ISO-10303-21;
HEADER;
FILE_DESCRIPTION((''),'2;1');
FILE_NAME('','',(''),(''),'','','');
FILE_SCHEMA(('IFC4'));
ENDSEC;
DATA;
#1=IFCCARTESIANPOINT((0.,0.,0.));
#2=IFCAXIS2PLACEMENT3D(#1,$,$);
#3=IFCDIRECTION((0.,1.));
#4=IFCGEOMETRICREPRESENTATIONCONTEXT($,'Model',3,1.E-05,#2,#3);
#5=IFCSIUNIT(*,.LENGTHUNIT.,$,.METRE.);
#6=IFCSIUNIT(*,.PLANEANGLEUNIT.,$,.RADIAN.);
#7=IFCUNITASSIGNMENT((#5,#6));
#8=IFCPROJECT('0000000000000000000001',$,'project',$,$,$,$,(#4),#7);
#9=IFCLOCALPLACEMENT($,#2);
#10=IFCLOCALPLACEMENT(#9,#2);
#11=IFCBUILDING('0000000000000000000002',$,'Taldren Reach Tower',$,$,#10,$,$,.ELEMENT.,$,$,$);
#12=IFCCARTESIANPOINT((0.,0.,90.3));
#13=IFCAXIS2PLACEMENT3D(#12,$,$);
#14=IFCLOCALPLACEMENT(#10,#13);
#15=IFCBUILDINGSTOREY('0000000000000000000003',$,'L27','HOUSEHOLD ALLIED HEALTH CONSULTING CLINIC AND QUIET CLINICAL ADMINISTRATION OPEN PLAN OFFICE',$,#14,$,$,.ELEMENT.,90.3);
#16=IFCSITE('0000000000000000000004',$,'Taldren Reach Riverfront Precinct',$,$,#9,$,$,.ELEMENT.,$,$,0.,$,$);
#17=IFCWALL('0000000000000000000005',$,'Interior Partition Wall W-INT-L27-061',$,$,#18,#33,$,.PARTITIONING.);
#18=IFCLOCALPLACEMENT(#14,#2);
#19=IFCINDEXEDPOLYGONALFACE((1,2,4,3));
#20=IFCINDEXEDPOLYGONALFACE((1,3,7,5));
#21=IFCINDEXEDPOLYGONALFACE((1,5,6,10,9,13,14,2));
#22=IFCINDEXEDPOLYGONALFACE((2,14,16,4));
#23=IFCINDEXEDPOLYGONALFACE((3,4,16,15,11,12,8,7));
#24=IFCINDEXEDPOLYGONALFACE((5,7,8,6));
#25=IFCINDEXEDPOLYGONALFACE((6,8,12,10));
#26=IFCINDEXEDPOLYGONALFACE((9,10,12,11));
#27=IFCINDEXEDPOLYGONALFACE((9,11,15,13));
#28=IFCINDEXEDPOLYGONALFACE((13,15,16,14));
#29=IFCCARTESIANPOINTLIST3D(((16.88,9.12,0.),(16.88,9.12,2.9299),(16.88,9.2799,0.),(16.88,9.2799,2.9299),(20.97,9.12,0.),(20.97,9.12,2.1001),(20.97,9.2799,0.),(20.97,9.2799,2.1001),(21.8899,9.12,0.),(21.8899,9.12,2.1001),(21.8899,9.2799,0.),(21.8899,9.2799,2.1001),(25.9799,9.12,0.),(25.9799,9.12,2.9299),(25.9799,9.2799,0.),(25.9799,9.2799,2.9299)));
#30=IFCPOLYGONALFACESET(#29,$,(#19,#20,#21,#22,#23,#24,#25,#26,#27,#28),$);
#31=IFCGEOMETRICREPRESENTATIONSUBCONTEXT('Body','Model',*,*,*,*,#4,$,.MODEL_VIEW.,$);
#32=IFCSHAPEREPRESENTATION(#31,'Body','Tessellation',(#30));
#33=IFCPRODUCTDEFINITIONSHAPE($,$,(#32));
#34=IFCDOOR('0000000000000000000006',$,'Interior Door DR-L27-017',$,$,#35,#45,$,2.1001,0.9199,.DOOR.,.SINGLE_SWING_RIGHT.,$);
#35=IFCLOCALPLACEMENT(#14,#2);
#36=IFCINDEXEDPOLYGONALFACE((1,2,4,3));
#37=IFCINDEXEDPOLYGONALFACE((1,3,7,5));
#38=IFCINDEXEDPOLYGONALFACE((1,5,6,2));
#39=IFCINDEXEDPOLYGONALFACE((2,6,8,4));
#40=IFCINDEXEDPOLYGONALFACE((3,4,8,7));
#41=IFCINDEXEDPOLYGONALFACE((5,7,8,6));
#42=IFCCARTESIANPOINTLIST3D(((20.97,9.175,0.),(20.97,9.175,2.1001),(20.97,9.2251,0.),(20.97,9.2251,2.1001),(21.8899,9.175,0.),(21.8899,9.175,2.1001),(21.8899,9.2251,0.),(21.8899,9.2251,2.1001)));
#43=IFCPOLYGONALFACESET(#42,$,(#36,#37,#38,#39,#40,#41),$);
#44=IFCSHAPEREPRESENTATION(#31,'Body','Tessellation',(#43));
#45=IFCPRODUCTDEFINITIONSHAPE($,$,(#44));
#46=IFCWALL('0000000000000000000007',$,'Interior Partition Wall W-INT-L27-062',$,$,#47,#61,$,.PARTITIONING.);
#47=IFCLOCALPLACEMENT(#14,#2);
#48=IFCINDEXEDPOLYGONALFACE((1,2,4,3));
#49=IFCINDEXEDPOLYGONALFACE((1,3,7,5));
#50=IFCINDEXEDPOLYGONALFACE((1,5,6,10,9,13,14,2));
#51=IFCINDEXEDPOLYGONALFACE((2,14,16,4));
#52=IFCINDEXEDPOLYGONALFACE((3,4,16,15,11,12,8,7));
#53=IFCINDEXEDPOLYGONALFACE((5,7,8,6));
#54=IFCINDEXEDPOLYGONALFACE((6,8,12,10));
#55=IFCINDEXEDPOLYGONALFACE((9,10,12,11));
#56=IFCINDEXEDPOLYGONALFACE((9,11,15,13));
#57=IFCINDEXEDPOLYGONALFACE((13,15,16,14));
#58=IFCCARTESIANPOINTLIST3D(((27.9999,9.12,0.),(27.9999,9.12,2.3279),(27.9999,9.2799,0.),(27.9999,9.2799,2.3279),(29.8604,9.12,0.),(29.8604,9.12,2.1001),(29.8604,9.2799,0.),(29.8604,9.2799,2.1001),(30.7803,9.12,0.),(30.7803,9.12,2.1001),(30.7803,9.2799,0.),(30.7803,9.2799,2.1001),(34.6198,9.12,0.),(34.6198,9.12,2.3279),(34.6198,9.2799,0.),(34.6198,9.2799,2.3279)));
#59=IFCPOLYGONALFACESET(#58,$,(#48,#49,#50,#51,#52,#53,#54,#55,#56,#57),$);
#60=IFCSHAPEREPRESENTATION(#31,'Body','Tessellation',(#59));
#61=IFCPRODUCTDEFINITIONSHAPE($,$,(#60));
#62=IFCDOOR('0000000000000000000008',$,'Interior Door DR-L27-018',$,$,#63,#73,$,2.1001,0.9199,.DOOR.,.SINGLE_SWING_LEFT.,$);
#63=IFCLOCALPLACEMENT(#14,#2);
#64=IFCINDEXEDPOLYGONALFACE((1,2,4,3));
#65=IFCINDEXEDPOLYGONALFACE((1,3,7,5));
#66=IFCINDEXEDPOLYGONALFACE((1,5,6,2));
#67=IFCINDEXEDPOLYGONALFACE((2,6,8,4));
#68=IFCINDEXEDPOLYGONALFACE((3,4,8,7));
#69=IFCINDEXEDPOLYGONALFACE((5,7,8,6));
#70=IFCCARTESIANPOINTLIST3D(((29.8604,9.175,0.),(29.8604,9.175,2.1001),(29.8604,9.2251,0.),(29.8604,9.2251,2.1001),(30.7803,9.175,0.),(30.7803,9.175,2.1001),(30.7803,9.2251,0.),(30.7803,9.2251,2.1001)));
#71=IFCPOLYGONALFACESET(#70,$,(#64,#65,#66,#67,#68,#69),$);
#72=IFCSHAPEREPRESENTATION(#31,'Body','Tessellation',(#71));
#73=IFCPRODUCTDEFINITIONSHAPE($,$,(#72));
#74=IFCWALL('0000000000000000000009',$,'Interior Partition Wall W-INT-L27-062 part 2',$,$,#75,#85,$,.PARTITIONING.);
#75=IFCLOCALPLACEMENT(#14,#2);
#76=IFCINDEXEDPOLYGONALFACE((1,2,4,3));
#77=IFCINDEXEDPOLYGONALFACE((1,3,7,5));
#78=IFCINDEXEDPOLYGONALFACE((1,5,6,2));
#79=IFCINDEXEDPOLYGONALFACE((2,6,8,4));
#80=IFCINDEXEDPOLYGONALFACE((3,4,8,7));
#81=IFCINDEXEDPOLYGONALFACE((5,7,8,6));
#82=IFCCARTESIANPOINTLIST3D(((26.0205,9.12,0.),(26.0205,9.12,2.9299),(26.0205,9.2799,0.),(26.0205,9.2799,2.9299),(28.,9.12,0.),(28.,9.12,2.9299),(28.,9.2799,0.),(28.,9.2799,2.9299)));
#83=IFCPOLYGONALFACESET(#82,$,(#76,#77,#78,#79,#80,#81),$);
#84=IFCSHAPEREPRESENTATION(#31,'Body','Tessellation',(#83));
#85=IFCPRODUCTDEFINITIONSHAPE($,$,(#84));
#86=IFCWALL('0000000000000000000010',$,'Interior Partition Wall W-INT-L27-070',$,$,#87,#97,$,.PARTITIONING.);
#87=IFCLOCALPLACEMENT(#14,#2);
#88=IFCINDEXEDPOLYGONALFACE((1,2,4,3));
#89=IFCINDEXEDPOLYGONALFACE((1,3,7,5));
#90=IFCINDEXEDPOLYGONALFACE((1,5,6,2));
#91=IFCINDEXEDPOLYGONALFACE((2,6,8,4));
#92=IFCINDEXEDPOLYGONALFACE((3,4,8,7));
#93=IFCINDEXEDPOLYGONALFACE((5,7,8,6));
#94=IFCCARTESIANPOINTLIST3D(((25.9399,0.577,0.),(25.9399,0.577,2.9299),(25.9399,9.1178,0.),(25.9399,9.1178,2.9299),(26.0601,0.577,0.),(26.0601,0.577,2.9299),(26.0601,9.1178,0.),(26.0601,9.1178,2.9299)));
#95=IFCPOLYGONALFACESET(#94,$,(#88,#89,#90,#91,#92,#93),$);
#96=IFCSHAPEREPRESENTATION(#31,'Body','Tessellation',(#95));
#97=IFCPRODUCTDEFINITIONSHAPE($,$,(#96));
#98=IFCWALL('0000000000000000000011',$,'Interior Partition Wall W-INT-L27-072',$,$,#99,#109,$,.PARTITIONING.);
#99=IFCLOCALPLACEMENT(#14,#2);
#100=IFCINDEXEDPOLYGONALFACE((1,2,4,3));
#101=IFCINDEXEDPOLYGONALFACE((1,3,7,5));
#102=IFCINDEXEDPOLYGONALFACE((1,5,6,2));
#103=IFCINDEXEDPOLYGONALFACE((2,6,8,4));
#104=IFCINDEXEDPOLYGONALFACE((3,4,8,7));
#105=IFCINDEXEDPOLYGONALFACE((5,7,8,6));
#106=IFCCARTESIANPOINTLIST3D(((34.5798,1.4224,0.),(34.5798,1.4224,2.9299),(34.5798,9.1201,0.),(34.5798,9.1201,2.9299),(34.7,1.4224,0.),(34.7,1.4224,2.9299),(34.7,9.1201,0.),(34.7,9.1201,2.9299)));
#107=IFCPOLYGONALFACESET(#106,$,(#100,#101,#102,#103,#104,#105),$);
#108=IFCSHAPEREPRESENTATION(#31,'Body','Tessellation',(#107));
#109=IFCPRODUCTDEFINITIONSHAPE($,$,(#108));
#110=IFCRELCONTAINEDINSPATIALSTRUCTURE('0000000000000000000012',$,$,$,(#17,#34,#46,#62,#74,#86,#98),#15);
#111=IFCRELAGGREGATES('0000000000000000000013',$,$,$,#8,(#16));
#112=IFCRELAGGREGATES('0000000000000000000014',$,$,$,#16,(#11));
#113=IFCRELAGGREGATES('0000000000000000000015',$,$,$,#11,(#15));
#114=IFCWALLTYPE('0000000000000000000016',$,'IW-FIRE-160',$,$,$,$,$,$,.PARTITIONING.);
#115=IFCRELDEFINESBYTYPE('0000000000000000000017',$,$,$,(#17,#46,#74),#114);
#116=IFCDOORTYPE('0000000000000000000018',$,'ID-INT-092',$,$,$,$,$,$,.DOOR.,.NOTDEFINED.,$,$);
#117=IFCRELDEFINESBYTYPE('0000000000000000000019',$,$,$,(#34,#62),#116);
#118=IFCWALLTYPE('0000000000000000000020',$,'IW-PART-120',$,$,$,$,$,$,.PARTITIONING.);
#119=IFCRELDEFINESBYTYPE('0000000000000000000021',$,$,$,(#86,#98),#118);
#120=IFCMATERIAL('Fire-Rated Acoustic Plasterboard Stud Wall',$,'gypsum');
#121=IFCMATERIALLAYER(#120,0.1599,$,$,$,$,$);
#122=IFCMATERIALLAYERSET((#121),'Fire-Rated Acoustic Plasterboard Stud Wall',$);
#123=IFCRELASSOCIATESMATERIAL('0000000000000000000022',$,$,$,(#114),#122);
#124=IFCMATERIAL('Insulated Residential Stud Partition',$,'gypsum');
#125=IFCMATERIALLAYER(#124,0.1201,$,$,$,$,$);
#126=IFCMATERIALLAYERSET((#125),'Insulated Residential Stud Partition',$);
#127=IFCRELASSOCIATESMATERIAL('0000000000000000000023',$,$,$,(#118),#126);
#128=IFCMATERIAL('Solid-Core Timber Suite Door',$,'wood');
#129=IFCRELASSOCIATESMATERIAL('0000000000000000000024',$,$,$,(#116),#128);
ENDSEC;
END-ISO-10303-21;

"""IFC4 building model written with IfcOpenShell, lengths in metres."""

from ifc_helpers import new_model, si_unit, direction, frame, frame_2d, origin, place, context, subcontext, project, spatial, rectangle, extrude, source, transform, mapped, material, layer, layer_set, type_object, element, fill, save


model = new_model("IFC4")

# Units and contexts
model_context = context("Model", 3, precision=1e-05, world=origin(), true_north=direction((0.0, 1.0)))
body_context = subcontext(model_context, "Body", "Model", "MODEL_VIEW")
ifc_project = project(units=[si_unit("LENGTHUNIT", "METRE"), si_unit("PLANEANGLEUNIT", "RADIAN")], contexts=[model_context])

# Site, building, storey
site_placement = place(None, origin())
site = spatial("IfcSite", under=ifc_project, at=site_placement, Name="Taldren Reach Riverfront Precinct", CompositionType="ELEMENT", RefElevation=0.0)
building_placement = place(site_placement, origin())
building = spatial("IfcBuilding", under=site, at=building_placement, Name="Taldren Reach Tower", CompositionType="ELEMENT")
storey_placement = place(building_placement, frame((0.0, 0.0, 90.3)))
storey = spatial("IfcBuildingStorey", under=building, at=storey_placement, Name="L27", Description="HOUSEHOLD ALLIED HEALTH CONSULTING CLINIC AND QUIET CLINICAL ADMINISTRATION OPEN PLAN OFFICE", CompositionType="ELEMENT", Elevation=90.3)

# Shared definitions
ifc_material_1 = material(Name="Fire-Rated Acoustic Plasterboard Stud Wall", Category="gypsum")
ifc_layer_1 = layer(ifc_material_1, 0.1599)
ifc_layer_set_1 = layer_set([ifc_layer_1], Name="Fire-Rated Acoustic Plasterboard Stud Wall")
wall_type_1 = type_object("IfcWallType", Name="IW-FIRE-160", PredefinedType="PARTITIONING", material=ifc_layer_set_1)
ifc_material_2 = material(Name="Insulated Residential Stud Partition", Category="gypsum")
ifc_layer_2 = layer(ifc_material_2, 0.1201)
ifc_layer_set_2 = layer_set([ifc_layer_2], Name="Insulated Residential Stud Partition")
wall_type_2 = type_object("IfcWallType", Name="IW-PART-120", PredefinedType="PARTITIONING", material=ifc_layer_set_2)

# Shared definitions
shared_shape_1 = source(origin(), body_context, "Body", "SweptSolid", [
    extrude(rectangle(XDim=0.9199, YDim=2.1001, at=frame_2d((0.46, 1.05))), frame((0.0, 0.0898, 0.0), z_axis=(0.0, -1.0, 0.0), x_axis=(1.0, 0.0, 0.0)), (0.0, 0.0, 1.0), 0.1799),
])
ifc_material_3 = material(Name="Solid-Core Timber Suite Door", Category="wood")
door_type_1 = type_object("IfcDoorType", Name="ID-INT-092", OperationType="NOTDEFINED", PredefinedType="DOOR", material=ifc_material_3)
shared_shape_2 = source(origin(), body_context, "Body", "SweptSolid", [
    extrude(rectangle(XDim=0.9199, YDim=2.1001, at=frame_2d((0.46, 1.05))), frame((0.0, 0.0249, 0.0), z_axis=(0.0, -1.0, 0.0), x_axis=(1.0, 0.0, 0.0)), (0.0, 0.0, 1.0), 0.05),
])

# Walls, openings, doors
shared_shape_3 = source(origin(), body_context, "Body", "SweptSolid", [
    extrude(rectangle(XDim=9.0999, YDim=0.1599, at=frame_2d((4.5498, 0.0))), origin(), (0.0, 0.0, 1.0), 2.9299),
])
wall_1_placement = place(storey_placement, frame((25.9797, 9.2, 0.0), z_axis=(0.0, 0.0, 1.0), x_axis=(-1.0, 0.0, 0.0)))
wall_1 = element("IfcWall", 1, at=wall_1_placement, inside=storey, type_object=wall_type_1, Name="Interior Partition Wall W-INT-L27-061", PredefinedType="PARTITIONING", context=body_context, shape_type="MappedRepresentation", body=[
    mapped(shared_shape_3, transform((0.0, 0.0, 0.0), scale=1.0)),
])
opening_1_placement = place(wall_1_placement, frame((4.0898, 0.0, 0.0)))
opening_1 = element("IfcOpeningElement", 2, at=opening_1_placement, cuts=wall_1, PredefinedType="OPENING", context=body_context, shape_type="MappedRepresentation", body=[
    mapped(shared_shape_1, transform((0.0, 0.0, 0.0), scale=1.0)),
])
door_1_placement = place(opening_1_placement, origin())
door_1 = element("IfcDoor", 3, at=door_1_placement, inside=storey, type_object=door_type_1, Name="Interior Door DR-L27-017", OperationType="SINGLE_SWING_RIGHT", OverallHeight=2.1001, OverallWidth=0.9199, PredefinedType="DOOR", context=body_context, shape_type="MappedRepresentation", body=[
    mapped(shared_shape_2, transform((0.0, 0.0, 0.0), scale=1.0)),
])
fill(opening_1, door_1)
shared_shape_4 = source(origin(), body_context, "Body", "SweptSolid", [
    extrude(rectangle(XDim=6.6199, YDim=0.1599, at=frame_2d((3.3101, 0.0))), origin(), (0.0, 0.0, 1.0), 2.3279),
])
wall_2_placement = place(storey_placement, frame((34.6199, 9.2, 0.0), z_axis=(0.0, 0.0, 1.0), x_axis=(-1.0, 0.0, 0.0)))
wall_2 = element("IfcWall", 4, at=wall_2_placement, inside=storey, type_object=wall_type_1, Name="Interior Partition Wall W-INT-L27-062", PredefinedType="PARTITIONING", context=body_context, shape_type="MappedRepresentation", body=[
    mapped(shared_shape_4, transform((0.0, 0.0, 0.0), scale=1.0)),
])
opening_2_placement = place(wall_2_placement, frame((3.8396, 0.0, 0.0)))
opening_2 = element("IfcOpeningElement", 5, at=opening_2_placement, cuts=wall_2, PredefinedType="OPENING", context=body_context, shape_type="MappedRepresentation", body=[
    mapped(shared_shape_1, transform((0.0, 0.0, 0.0), scale=1.0)),
])
door_2_placement = place(opening_2_placement, origin())
door_2 = element("IfcDoor", 6, at=door_2_placement, inside=storey, type_object=door_type_1, Name="Interior Door DR-L27-018", OperationType="SINGLE_SWING_LEFT", OverallHeight=2.1001, OverallWidth=0.9199, PredefinedType="DOOR", context=body_context, shape_type="MappedRepresentation", body=[
    mapped(shared_shape_2, transform((0.0, 0.0, 0.0), scale=1.0)),
])
fill(opening_2, door_2)

# Walls
shared_shape_5 = source(origin(), body_context, "Body", "SweptSolid", [
    extrude(rectangle(XDim=1.9795, YDim=0.1599, at=frame_2d((0.9897, 0.0))), origin(), (0.0, 0.0, 1.0), 2.9299),
])
wall_3_placement = place(storey_placement, frame((28.0, 9.2, 0.0), z_axis=(0.0, 0.0, 1.0), x_axis=(-1.0, 0.0, 0.0)))
element("IfcWall", 7, at=wall_3_placement, inside=storey, type_object=wall_type_1, Name="Interior Partition Wall W-INT-L27-062 part 2", PredefinedType="PARTITIONING", context=body_context, shape_type="MappedRepresentation", body=[
    mapped(shared_shape_5, transform((0.0, 0.0, 0.0), scale=1.0)),
])
shared_shape_6 = source(origin(), body_context, "Body", "SweptSolid", [
    extrude(rectangle(XDim=8.5408, YDim=0.1201, at=frame_2d((4.2705, 0.0))), origin(), (0.0, 0.0, 1.0), 2.9299),
])
wall_4_placement = place(storey_placement, frame((26.0, 9.1179, 0.0), z_axis=(0.0, 0.0, 1.0), x_axis=(0.0, -1.0, 0.0)))
element("IfcWall", 8, at=wall_4_placement, inside=storey, type_object=wall_type_2, Name="Interior Partition Wall W-INT-L27-070", PredefinedType="PARTITIONING", context=body_context, shape_type="MappedRepresentation", body=[
    mapped(shared_shape_6, transform((0.0, 0.0, 0.0), scale=1.0)),
])
shared_shape_7 = source(origin(), body_context, "Body", "SweptSolid", [
    extrude(rectangle(XDim=7.6978, YDim=0.1201, at=frame_2d((3.8489, 0.0))), origin(), (0.0, 0.0, 1.0), 2.9299),
])
wall_5_placement = place(storey_placement, frame((34.6399, 9.1201, 0.0), z_axis=(0.0, 0.0, 1.0), x_axis=(0.0, -1.0, 0.0)))
element("IfcWall", 9, at=wall_5_placement, inside=storey, type_object=wall_type_2, Name="Interior Partition Wall W-INT-L27-072", PredefinedType="PARTITIONING", context=body_context, shape_type="MappedRepresentation", body=[
    mapped(shared_shape_7, transform((0.0, 0.0, 0.0), scale=1.0)),
])

save(model, "model.ifc")
